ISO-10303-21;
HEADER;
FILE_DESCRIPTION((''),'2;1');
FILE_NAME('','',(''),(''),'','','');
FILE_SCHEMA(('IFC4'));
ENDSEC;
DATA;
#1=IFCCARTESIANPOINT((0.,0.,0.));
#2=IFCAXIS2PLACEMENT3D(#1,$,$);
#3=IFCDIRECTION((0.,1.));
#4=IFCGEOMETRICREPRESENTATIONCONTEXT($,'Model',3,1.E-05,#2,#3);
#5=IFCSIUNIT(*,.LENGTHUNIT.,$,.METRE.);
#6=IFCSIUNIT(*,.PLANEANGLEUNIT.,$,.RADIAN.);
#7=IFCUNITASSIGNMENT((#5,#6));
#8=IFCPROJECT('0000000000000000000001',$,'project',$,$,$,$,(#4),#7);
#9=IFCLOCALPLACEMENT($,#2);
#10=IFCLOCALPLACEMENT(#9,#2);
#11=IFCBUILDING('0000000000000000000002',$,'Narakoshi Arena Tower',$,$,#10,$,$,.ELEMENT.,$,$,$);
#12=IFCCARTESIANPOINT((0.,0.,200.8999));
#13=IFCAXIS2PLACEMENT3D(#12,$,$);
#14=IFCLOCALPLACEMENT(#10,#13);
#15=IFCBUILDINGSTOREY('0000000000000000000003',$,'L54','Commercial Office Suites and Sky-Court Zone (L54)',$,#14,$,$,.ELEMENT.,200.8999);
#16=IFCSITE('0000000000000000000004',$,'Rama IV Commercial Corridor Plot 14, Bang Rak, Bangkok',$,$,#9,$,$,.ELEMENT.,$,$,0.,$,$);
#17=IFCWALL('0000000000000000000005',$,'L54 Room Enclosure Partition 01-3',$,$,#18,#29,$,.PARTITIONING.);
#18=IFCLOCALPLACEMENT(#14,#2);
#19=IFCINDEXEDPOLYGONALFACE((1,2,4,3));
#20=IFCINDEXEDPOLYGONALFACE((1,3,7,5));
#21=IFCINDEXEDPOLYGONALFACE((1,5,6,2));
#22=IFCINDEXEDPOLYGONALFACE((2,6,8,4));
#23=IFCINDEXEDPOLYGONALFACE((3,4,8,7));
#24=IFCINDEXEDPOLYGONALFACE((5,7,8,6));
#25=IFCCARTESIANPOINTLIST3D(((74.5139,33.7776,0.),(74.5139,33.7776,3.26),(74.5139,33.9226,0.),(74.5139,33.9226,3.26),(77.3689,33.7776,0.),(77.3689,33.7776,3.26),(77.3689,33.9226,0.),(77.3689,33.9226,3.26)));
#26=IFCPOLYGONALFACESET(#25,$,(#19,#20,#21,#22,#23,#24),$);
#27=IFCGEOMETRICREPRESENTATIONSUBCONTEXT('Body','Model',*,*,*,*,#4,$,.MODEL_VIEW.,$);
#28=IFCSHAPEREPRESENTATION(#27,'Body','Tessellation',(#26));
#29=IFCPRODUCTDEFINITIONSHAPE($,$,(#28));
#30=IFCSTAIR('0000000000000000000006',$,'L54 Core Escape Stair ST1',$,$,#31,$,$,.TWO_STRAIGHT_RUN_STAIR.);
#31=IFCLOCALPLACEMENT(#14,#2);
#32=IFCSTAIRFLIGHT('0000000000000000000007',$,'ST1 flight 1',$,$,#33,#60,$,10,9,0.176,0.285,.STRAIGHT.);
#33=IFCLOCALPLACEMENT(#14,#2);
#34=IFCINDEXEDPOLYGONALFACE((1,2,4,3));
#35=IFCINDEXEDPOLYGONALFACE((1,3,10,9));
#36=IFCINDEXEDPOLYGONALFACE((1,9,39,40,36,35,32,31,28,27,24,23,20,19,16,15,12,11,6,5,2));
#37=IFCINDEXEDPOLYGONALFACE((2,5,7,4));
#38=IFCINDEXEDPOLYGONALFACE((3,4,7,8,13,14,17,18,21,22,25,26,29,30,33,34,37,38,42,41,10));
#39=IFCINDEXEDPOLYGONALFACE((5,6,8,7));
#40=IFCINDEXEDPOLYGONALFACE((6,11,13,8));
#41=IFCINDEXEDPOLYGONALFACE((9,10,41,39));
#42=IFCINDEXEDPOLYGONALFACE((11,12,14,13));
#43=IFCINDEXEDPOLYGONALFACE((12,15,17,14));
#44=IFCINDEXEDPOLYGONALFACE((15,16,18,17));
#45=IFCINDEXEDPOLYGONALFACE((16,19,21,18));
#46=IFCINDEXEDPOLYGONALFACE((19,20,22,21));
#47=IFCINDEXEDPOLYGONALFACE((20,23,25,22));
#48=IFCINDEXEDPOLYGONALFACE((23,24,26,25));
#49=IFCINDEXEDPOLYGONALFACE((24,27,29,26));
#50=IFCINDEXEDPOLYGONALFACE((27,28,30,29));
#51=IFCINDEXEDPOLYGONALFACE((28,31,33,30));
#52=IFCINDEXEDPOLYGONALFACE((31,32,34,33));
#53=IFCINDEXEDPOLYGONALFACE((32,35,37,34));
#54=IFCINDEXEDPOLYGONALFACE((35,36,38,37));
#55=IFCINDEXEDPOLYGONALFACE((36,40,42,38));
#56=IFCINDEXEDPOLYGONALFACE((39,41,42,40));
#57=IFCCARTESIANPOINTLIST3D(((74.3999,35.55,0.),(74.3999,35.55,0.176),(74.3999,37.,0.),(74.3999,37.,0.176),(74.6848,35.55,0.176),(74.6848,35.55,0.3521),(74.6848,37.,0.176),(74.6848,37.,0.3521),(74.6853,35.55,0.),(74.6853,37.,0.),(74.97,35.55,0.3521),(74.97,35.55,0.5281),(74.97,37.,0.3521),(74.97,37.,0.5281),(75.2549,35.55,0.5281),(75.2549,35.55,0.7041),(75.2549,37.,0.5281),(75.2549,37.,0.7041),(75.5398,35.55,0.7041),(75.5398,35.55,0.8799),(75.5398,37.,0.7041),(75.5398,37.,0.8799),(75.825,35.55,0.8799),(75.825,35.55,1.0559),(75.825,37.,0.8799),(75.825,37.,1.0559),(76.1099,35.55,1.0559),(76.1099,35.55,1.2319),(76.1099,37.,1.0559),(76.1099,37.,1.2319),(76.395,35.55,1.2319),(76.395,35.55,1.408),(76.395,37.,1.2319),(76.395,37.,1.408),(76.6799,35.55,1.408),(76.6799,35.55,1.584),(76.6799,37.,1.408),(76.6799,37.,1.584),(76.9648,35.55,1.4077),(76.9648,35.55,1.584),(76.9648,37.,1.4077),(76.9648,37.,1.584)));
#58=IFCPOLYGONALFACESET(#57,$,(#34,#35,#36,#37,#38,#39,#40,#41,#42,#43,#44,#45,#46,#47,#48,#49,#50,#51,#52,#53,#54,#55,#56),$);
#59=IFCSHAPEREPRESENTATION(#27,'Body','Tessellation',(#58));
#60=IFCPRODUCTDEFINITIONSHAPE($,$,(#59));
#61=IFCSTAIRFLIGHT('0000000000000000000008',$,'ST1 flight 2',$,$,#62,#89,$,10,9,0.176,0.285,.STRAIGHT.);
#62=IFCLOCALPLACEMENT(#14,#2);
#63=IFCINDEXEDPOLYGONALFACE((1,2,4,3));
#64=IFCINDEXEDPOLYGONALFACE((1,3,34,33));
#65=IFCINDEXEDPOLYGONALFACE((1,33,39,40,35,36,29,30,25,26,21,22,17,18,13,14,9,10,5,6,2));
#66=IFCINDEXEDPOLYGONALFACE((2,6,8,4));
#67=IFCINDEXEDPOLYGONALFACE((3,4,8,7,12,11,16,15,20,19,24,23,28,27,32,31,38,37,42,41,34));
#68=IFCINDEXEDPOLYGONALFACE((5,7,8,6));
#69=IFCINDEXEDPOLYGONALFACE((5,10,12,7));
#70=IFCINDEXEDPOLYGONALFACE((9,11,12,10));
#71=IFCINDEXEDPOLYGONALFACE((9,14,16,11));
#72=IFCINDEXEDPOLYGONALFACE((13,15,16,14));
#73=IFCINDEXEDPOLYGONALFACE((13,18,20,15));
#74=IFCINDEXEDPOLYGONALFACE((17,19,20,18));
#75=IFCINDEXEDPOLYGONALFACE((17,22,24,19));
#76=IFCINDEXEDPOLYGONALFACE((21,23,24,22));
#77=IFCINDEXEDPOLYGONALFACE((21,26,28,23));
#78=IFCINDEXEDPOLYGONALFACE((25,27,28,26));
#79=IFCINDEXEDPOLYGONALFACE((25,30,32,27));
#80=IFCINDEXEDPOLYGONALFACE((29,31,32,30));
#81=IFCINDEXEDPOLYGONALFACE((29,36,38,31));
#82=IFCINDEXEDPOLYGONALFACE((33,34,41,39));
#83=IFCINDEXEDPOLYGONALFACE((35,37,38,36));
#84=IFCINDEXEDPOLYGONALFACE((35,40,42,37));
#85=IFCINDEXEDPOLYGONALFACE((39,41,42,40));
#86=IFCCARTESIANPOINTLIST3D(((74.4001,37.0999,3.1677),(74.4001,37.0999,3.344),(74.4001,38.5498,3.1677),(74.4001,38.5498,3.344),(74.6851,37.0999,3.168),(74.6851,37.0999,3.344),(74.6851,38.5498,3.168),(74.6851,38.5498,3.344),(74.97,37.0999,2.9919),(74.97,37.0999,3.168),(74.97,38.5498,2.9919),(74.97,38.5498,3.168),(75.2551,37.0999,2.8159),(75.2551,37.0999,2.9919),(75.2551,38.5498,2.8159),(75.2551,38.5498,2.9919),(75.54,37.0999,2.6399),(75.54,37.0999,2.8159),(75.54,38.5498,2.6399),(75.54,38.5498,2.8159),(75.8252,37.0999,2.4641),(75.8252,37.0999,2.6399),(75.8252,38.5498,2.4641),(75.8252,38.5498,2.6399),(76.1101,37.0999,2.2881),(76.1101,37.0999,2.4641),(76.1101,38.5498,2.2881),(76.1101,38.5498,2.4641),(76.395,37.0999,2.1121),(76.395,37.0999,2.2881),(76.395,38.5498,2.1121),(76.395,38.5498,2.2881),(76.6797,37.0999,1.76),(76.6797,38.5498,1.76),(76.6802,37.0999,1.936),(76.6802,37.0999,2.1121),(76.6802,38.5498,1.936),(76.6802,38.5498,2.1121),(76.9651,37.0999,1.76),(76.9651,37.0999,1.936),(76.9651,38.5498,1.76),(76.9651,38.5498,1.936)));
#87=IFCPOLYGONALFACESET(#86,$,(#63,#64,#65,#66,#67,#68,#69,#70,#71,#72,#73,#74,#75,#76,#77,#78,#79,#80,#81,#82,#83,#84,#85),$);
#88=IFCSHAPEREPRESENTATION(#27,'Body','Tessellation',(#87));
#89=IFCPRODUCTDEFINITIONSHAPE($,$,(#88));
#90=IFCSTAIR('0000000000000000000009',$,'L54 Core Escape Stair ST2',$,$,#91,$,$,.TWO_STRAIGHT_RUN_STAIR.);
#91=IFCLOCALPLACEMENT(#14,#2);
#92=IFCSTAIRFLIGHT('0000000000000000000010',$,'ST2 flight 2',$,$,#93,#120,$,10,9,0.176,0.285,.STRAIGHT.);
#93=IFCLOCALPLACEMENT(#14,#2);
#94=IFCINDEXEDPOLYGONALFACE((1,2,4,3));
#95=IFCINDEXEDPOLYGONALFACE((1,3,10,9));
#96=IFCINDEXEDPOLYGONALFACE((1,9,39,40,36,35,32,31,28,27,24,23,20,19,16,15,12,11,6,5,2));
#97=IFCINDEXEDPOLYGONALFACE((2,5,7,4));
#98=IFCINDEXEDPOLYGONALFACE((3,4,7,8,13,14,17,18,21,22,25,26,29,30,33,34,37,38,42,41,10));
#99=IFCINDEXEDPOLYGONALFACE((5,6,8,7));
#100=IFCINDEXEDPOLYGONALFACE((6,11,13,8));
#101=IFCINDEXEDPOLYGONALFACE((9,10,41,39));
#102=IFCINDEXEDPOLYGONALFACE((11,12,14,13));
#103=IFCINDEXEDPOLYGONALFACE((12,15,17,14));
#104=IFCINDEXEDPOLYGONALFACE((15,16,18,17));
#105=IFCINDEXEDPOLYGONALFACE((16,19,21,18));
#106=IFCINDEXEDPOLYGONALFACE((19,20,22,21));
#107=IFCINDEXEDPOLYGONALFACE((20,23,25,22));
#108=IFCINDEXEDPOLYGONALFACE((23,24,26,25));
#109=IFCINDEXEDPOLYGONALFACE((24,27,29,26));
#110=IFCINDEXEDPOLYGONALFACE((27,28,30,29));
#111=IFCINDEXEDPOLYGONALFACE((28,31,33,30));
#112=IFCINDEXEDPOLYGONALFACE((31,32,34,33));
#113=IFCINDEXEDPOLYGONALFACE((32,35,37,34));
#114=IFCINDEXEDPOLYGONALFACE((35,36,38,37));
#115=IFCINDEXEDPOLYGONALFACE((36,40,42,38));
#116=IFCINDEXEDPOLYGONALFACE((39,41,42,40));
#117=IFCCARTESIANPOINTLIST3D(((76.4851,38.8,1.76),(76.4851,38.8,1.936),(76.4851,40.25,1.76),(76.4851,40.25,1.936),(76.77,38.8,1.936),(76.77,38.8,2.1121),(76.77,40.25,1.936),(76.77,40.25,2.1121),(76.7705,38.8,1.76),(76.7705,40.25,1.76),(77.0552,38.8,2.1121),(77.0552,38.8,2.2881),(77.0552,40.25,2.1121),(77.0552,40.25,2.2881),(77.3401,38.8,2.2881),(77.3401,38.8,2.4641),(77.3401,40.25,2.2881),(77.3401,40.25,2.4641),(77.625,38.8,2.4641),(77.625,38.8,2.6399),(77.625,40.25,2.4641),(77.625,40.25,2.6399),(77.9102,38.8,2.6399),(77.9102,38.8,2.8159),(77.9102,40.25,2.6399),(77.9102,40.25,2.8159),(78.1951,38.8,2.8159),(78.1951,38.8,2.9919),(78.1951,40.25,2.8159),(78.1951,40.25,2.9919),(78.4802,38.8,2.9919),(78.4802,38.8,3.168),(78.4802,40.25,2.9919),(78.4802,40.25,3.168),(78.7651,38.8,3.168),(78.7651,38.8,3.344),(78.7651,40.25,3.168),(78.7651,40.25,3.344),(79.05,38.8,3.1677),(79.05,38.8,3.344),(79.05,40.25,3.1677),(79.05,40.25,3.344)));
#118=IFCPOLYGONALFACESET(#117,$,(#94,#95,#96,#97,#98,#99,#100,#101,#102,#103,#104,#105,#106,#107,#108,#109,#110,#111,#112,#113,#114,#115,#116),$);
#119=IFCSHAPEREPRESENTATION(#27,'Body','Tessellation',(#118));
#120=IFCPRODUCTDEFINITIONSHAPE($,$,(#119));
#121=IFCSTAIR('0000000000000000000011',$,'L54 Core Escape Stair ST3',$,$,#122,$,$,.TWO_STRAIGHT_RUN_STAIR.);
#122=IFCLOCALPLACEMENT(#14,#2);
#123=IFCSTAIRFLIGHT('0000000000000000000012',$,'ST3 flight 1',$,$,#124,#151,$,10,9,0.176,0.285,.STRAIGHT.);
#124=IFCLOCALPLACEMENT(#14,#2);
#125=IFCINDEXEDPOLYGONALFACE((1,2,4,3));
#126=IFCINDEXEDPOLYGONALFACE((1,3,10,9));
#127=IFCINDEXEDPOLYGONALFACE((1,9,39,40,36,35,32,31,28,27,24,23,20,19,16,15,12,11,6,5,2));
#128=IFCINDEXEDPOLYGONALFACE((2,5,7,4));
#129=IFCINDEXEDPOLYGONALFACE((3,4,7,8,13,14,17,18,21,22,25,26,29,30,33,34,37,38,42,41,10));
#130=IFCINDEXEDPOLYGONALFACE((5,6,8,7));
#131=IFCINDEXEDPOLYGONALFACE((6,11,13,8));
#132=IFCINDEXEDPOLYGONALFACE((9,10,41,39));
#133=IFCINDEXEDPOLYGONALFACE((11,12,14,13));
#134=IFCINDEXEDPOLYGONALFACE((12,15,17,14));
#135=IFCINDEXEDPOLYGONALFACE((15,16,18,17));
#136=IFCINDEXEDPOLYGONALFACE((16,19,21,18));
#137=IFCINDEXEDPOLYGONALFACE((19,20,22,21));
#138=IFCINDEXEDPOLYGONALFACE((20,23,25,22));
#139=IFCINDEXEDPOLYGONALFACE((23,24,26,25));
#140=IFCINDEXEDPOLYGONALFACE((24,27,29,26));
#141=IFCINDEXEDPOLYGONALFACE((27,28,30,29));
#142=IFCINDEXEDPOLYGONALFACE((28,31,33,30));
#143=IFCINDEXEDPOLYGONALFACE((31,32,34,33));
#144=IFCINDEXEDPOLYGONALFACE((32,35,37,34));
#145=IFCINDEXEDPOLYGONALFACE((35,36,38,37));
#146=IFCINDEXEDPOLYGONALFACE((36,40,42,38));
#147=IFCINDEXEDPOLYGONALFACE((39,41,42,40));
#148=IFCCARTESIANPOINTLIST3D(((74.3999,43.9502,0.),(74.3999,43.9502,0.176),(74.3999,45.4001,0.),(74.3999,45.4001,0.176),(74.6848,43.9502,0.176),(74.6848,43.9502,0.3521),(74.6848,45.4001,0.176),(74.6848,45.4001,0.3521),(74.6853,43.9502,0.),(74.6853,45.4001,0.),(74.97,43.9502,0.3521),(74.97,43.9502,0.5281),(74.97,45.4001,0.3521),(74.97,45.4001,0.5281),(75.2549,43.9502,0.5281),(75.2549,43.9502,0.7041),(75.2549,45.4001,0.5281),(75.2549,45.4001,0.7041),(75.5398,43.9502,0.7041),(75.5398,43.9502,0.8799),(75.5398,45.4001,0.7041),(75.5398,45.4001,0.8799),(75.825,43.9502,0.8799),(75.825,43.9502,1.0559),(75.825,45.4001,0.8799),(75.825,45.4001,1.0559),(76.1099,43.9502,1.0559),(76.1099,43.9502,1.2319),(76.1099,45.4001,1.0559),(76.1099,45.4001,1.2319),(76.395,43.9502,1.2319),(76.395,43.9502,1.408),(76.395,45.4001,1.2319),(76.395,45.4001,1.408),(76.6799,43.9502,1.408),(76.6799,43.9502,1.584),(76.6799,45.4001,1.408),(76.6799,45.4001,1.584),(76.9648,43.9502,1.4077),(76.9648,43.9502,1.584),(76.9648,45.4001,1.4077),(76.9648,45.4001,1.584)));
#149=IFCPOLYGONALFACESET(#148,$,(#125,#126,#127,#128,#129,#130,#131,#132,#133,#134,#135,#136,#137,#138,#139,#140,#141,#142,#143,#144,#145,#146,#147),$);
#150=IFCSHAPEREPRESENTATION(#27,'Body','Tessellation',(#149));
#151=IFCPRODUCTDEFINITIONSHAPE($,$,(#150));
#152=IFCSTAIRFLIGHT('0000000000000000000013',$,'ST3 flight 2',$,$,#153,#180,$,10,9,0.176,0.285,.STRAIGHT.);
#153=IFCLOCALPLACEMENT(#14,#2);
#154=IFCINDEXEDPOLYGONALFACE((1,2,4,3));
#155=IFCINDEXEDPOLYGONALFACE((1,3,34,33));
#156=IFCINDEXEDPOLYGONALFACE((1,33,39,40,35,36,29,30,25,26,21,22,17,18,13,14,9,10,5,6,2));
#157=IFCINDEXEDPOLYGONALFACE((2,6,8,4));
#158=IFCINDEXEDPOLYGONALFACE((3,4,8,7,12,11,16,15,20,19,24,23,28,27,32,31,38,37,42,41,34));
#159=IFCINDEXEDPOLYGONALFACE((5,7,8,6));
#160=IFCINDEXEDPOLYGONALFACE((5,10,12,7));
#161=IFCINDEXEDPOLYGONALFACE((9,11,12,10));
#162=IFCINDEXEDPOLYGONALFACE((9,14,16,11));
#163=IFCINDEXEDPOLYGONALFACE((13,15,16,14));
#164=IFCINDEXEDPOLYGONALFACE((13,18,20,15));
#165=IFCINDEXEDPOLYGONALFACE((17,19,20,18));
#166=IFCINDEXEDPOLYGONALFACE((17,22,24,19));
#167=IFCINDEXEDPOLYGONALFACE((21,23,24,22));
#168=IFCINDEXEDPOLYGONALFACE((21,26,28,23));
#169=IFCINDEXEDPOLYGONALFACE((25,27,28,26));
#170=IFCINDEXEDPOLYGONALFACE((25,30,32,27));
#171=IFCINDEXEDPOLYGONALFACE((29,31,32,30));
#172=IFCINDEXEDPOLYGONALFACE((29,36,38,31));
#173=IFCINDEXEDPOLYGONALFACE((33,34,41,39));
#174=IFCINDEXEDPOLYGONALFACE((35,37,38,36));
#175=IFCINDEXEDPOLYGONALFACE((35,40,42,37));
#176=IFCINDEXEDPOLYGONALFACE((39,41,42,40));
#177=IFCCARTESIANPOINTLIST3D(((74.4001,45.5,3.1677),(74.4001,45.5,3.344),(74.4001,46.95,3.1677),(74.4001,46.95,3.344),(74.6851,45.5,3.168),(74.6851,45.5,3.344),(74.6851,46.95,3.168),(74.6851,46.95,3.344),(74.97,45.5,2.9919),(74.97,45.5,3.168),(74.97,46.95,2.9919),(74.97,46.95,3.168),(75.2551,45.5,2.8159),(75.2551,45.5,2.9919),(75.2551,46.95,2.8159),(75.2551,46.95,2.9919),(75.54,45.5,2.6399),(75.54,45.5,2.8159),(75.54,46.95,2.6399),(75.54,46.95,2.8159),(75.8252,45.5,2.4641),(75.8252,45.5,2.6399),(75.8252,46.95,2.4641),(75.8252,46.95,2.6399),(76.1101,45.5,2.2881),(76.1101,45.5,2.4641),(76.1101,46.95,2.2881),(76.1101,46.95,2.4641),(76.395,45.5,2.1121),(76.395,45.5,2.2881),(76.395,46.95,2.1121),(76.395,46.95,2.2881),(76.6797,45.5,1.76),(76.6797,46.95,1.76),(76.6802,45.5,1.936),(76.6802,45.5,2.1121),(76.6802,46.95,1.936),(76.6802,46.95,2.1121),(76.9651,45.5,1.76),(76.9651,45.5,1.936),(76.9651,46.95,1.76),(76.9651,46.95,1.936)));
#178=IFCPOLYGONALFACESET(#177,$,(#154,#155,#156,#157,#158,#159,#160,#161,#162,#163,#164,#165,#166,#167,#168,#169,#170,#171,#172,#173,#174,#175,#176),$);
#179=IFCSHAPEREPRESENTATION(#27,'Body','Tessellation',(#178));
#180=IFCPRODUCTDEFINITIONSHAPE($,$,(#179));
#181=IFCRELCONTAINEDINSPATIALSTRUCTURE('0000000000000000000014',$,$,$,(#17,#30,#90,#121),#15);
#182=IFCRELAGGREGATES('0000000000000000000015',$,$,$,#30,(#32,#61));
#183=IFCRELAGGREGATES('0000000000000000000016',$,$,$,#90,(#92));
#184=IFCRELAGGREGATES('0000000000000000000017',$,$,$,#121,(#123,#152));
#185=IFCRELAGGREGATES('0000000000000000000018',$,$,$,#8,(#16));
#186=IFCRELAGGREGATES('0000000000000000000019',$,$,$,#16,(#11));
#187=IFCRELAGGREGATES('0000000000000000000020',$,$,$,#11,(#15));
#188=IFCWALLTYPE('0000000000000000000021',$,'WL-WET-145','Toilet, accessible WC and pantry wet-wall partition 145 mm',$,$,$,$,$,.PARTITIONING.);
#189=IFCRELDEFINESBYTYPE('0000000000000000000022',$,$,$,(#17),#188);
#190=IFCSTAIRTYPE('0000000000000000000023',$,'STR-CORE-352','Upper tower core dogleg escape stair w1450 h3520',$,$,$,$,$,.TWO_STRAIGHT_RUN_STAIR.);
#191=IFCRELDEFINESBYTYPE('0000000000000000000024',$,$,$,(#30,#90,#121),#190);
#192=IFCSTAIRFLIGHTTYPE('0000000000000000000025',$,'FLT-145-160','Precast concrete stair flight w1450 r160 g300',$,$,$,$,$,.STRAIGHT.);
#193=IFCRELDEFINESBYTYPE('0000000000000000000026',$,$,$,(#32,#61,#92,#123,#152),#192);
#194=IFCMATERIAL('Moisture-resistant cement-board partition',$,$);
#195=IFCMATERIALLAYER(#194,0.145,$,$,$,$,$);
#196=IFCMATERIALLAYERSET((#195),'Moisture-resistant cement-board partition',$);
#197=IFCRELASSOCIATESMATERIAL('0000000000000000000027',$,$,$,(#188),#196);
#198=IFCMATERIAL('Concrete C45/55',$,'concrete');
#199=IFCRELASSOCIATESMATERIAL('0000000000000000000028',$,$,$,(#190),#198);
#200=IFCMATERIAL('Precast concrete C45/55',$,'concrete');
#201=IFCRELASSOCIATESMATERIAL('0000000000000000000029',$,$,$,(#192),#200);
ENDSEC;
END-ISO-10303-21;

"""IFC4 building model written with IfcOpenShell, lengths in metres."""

from ifc_helpers import new_model, si_unit, direction, frame, frame_2d, origin, place, context, subcontext, project, spatial, polyline, rectangle, outline, extrude, material, layer, layer_set, type_object, element, aggregate, save


model = new_model("IFC4")

# Units and contexts
model_context = context("Model", 3, precision=1e-05, world=origin(), true_north=direction((0.0, 1.0)))
body_context = subcontext(model_context, "Body", "Model", "MODEL_VIEW")
ifc_project = project(units=[si_unit("LENGTHUNIT", "METRE"), si_unit("PLANEANGLEUNIT", "RADIAN")], contexts=[model_context])

# Site, building, storey
site_placement = place(None, origin())
site = spatial("IfcSite", under=ifc_project, at=site_placement, Name="Rama IV Commercial Corridor Plot 14, Bang Rak, Bangkok", CompositionType="ELEMENT", RefElevation=0.0)
building_placement = place(site_placement, origin())
building = spatial("IfcBuilding", under=site, at=building_placement, Name="Narakoshi Arena Tower", CompositionType="ELEMENT")
storey_placement = place(building_placement, frame((0.0, 0.0, 200.8999)))
storey = spatial("IfcBuildingStorey", under=building, at=storey_placement, Name="L54", Description="Commercial Office Suites and Sky-Court Zone (L54)", CompositionType="ELEMENT", Elevation=200.8999)

# Shared definitions
ifc_material_1 = material(Name="Precast concrete C45/55", Category="concrete")

# Wall
ifc_material_2 = material(Name="Moisture-resistant cement-board partition")
ifc_layer_1 = layer(ifc_material_2, 0.145)
ifc_layer_set_1 = layer_set([ifc_layer_1], Name="Moisture-resistant cement-board partition")
wall_type_1 = type_object("IfcWallType", Name="WL-WET-145", Description="Toilet, accessible WC and pantry wet-wall partition 145 mm", PredefinedType="PARTITIONING", material=ifc_layer_set_1)
wall_1_placement = place(storey_placement, frame((74.5139, 33.8501, 0.0), z_axis=(0.0, 0.0, 1.0), x_axis=(1.0, 0.0, 0.0)))
element("IfcWall", 1, at=wall_1_placement, inside=storey, type_object=wall_type_1, Name="L54 Room Enclosure Partition 01-3", PredefinedType="PARTITIONING", context=body_context, shape_type="SweptSolid", body=[
    extrude(rectangle(XDim=2.855, YDim=0.145, at=frame_2d((1.4275, 0.0))), origin(), (0.0, 0.0, 1.0), 3.26),
])

# Stair, stair flights
ifc_material_3 = material(Name="Concrete C45/55", Category="concrete")
stair_type = type_object("IfcStairType", Name="STR-CORE-352", Description="Upper tower core dogleg escape stair w1450 h3520", PredefinedType="TWO_STRAIGHT_RUN_STAIR", material=ifc_material_3)
stair_1_placement = place(storey_placement, origin())
stair_1 = element("IfcStair", 2, at=stair_1_placement, inside=storey, type_object=stair_type, Name="L54 Core Escape Stair ST1", PredefinedType="TWO_STRAIGHT_RUN_STAIR")
stair_flight_type = type_object("IfcStairFlightType", Name="FLT-145-160", Description="Precast concrete stair flight w1450 r160 g300", PredefinedType="STRAIGHT", material=ifc_material_1)
stair_flight_1_placement = place(storey_placement, frame((74.3999, 36.2749, 0.0), z_axis=(0.0, 0.0, 1.0), x_axis=(1.0, 0.0, 0.0)))
stair_flight_1 = element("IfcStairFlight", 3, at=stair_flight_1_placement, type_object=stair_flight_type, Name="ST1 flight 1", NumberOfRisers=10, NumberOfTreads=9, PredefinedType="STRAIGHT", RiserHeight=0.176, TreadLength=0.285, context=body_context, shape_type="SweptSolid", body=[
    extrude(outline(polyline([(0.0, 0.0), (0.0, 0.176), (0.2849, 0.176), (0.2849, 0.3521), (0.5701, 0.3521), (0.5701, 0.5281), (0.855, 0.5281), (0.855, 0.7041), (1.1399, 0.7041), (1.1399, 0.8799), (1.425, 0.8799), (1.425, 1.0559), (1.71, 1.0559), (1.71, 1.2319), (1.9951, 1.2319), (1.9951, 1.408), (2.28, 1.408), (2.28, 1.584), (2.5649, 1.584), (2.5649, 1.76), (2.5649, 1.4077), (0.2854, 0.0), (0.0, 0.0)])), frame((0.0, 0.7251, 0.0), z_axis=(0.0, -1.0, 0.0), x_axis=(1.0, 0.0, 0.0)), (0.0, 0.0, 1.0), 1.45),
])
stair_flight_2_placement = place(storey_placement, frame((76.9651, 37.825, 1.76), z_axis=(0.0, 0.0, 1.0), x_axis=(-1.0, 0.0, 0.0)))
stair_flight_2 = element("IfcStairFlight", 4, at=stair_flight_2_placement, type_object=stair_flight_type, Name="ST1 flight 2", NumberOfRisers=10, NumberOfTreads=9, PredefinedType="STRAIGHT", RiserHeight=0.176, TreadLength=0.285, context=body_context, shape_type="SweptSolid", body=[
    extrude(outline(polyline([(0.0, 0.0), (0.0, 0.176), (0.2849, 0.176), (0.2849, 0.3521), (0.5701, 0.3521), (0.5701, 0.5281), (0.855, 0.5281), (0.855, 0.7041), (1.1399, 0.7041), (1.1399, 0.8799), (1.425, 0.8799), (1.425, 1.0559), (1.71, 1.0559), (1.71, 1.2319), (1.9951, 1.2319), (1.9951, 1.408), (2.28, 1.408), (2.28, 1.584), (2.5649, 1.584), (2.5649, 1.76), (2.5649, 1.4077), (0.2854, 0.0), (0.0, 0.0)])), frame((0.0, 0.7251, 0.0), z_axis=(0.0, -1.0, 0.0), x_axis=(1.0, 0.0, 0.0)), (0.0, 0.0, 1.0), 1.45),
])
aggregate(stair_1, [stair_flight_1, stair_flight_2])

# Stair, stair flight
stair_2_placement = place(storey_placement, origin())
stair_2 = element("IfcStair", 5, at=stair_2_placement, inside=storey, type_object=stair_type, Name="L54 Core Escape Stair ST2", PredefinedType="TWO_STRAIGHT_RUN_STAIR")
stair_flight_3_placement = place(storey_placement, frame((76.4851, 39.5249, 1.76), z_axis=(0.0, 0.0, 1.0), x_axis=(1.0, 0.0, 0.0)))
stair_flight_3 = element("IfcStairFlight", 6, at=stair_flight_3_placement, type_object=stair_flight_type, Name="ST2 flight 2", NumberOfRisers=10, NumberOfTreads=9, PredefinedType="STRAIGHT", RiserHeight=0.176, TreadLength=0.285, context=body_context, shape_type="SweptSolid", body=[
    extrude(outline(polyline([(0.0, 0.0), (0.0, 0.176), (0.2849, 0.176), (0.2849, 0.3521), (0.5701, 0.3521), (0.5701, 0.5281), (0.855, 0.5281), (0.855, 0.7041), (1.1399, 0.7041), (1.1399, 0.8799), (1.425, 0.8799), (1.425, 1.0559), (1.71, 1.0559), (1.71, 1.2319), (1.9951, 1.2319), (1.9951, 1.408), (2.28, 1.408), (2.28, 1.584), (2.5649, 1.584), (2.5649, 1.76), (2.5649, 1.4077), (0.2854, 0.0), (0.0, 0.0)])), frame((0.0, 0.7251, 0.0), z_axis=(0.0, -1.0, 0.0), x_axis=(1.0, 0.0, 0.0)), (0.0, 0.0, 1.0), 1.45),
])
aggregate(stair_2, [stair_flight_3])

# Stair, stair flights
stair_3_placement = place(storey_placement, origin())
stair_3 = element("IfcStair", 7, at=stair_3_placement, inside=storey, type_object=stair_type, Name="L54 Core Escape Stair ST3", PredefinedType="TWO_STRAIGHT_RUN_STAIR")
stair_flight_4_placement = place(storey_placement, frame((74.3999, 44.675, 0.0), z_axis=(0.0, 0.0, 1.0), x_axis=(1.0, 0.0, 0.0)))
stair_flight_4 = element("IfcStairFlight", 8, at=stair_flight_4_placement, type_object=stair_flight_type, Name="ST3 flight 1", NumberOfRisers=10, NumberOfTreads=9, PredefinedType="STRAIGHT", RiserHeight=0.176, TreadLength=0.285, context=body_context, shape_type="SweptSolid", body=[
    extrude(outline(polyline([(0.0, 0.0), (0.0, 0.176), (0.2849, 0.176), (0.2849, 0.3521), (0.5701, 0.3521), (0.5701, 0.5281), (0.855, 0.5281), (0.855, 0.7041), (1.1399, 0.7041), (1.1399, 0.8799), (1.425, 0.8799), (1.425, 1.0559), (1.71, 1.0559), (1.71, 1.2319), (1.9951, 1.2319), (1.9951, 1.408), (2.28, 1.408), (2.28, 1.584), (2.5649, 1.584), (2.5649, 1.76), (2.5649, 1.4077), (0.2854, 0.0), (0.0, 0.0)])), frame((0.0, 0.7251, 0.0), z_axis=(0.0, -1.0, 0.0), x_axis=(1.0, 0.0, 0.0)), (0.0, 0.0, 1.0), 1.45),
])
stair_flight_5_placement = place(storey_placement, frame((76.9651, 46.2251, 1.76), z_axis=(0.0, 0.0, 1.0), x_axis=(-1.0, 0.0, 0.0)))
stair_flight_5 = element("IfcStairFlight", 9, at=stair_flight_5_placement, type_object=stair_flight_type, Name="ST3 flight 2", NumberOfRisers=10, NumberOfTreads=9, PredefinedType="STRAIGHT", RiserHeight=0.176, TreadLength=0.285, context=body_context, shape_type="SweptSolid", body=[
    extrude(outline(polyline([(0.0, 0.0), (0.0, 0.176), (0.2849, 0.176), (0.2849, 0.3521), (0.5701, 0.3521), (0.5701, 0.5281), (0.855, 0.5281), (0.855, 0.7041), (1.1399, 0.7041), (1.1399, 0.8799), (1.425, 0.8799), (1.425, 1.0559), (1.71, 1.0559), (1.71, 1.2319), (1.9951, 1.2319), (1.9951, 1.408), (2.28, 1.408), (2.28, 1.584), (2.5649, 1.584), (2.5649, 1.76), (2.5649, 1.4077), (0.2854, 0.0), (0.0, 0.0)])), frame((0.0, 0.7251, 0.0), z_axis=(0.0, -1.0, 0.0), x_axis=(1.0, 0.0, 0.0)), (0.0, 0.0, 1.0), 1.45),
])
aggregate(stair_3, [stair_flight_4, stair_flight_5])

save(model, "model.ifc")
